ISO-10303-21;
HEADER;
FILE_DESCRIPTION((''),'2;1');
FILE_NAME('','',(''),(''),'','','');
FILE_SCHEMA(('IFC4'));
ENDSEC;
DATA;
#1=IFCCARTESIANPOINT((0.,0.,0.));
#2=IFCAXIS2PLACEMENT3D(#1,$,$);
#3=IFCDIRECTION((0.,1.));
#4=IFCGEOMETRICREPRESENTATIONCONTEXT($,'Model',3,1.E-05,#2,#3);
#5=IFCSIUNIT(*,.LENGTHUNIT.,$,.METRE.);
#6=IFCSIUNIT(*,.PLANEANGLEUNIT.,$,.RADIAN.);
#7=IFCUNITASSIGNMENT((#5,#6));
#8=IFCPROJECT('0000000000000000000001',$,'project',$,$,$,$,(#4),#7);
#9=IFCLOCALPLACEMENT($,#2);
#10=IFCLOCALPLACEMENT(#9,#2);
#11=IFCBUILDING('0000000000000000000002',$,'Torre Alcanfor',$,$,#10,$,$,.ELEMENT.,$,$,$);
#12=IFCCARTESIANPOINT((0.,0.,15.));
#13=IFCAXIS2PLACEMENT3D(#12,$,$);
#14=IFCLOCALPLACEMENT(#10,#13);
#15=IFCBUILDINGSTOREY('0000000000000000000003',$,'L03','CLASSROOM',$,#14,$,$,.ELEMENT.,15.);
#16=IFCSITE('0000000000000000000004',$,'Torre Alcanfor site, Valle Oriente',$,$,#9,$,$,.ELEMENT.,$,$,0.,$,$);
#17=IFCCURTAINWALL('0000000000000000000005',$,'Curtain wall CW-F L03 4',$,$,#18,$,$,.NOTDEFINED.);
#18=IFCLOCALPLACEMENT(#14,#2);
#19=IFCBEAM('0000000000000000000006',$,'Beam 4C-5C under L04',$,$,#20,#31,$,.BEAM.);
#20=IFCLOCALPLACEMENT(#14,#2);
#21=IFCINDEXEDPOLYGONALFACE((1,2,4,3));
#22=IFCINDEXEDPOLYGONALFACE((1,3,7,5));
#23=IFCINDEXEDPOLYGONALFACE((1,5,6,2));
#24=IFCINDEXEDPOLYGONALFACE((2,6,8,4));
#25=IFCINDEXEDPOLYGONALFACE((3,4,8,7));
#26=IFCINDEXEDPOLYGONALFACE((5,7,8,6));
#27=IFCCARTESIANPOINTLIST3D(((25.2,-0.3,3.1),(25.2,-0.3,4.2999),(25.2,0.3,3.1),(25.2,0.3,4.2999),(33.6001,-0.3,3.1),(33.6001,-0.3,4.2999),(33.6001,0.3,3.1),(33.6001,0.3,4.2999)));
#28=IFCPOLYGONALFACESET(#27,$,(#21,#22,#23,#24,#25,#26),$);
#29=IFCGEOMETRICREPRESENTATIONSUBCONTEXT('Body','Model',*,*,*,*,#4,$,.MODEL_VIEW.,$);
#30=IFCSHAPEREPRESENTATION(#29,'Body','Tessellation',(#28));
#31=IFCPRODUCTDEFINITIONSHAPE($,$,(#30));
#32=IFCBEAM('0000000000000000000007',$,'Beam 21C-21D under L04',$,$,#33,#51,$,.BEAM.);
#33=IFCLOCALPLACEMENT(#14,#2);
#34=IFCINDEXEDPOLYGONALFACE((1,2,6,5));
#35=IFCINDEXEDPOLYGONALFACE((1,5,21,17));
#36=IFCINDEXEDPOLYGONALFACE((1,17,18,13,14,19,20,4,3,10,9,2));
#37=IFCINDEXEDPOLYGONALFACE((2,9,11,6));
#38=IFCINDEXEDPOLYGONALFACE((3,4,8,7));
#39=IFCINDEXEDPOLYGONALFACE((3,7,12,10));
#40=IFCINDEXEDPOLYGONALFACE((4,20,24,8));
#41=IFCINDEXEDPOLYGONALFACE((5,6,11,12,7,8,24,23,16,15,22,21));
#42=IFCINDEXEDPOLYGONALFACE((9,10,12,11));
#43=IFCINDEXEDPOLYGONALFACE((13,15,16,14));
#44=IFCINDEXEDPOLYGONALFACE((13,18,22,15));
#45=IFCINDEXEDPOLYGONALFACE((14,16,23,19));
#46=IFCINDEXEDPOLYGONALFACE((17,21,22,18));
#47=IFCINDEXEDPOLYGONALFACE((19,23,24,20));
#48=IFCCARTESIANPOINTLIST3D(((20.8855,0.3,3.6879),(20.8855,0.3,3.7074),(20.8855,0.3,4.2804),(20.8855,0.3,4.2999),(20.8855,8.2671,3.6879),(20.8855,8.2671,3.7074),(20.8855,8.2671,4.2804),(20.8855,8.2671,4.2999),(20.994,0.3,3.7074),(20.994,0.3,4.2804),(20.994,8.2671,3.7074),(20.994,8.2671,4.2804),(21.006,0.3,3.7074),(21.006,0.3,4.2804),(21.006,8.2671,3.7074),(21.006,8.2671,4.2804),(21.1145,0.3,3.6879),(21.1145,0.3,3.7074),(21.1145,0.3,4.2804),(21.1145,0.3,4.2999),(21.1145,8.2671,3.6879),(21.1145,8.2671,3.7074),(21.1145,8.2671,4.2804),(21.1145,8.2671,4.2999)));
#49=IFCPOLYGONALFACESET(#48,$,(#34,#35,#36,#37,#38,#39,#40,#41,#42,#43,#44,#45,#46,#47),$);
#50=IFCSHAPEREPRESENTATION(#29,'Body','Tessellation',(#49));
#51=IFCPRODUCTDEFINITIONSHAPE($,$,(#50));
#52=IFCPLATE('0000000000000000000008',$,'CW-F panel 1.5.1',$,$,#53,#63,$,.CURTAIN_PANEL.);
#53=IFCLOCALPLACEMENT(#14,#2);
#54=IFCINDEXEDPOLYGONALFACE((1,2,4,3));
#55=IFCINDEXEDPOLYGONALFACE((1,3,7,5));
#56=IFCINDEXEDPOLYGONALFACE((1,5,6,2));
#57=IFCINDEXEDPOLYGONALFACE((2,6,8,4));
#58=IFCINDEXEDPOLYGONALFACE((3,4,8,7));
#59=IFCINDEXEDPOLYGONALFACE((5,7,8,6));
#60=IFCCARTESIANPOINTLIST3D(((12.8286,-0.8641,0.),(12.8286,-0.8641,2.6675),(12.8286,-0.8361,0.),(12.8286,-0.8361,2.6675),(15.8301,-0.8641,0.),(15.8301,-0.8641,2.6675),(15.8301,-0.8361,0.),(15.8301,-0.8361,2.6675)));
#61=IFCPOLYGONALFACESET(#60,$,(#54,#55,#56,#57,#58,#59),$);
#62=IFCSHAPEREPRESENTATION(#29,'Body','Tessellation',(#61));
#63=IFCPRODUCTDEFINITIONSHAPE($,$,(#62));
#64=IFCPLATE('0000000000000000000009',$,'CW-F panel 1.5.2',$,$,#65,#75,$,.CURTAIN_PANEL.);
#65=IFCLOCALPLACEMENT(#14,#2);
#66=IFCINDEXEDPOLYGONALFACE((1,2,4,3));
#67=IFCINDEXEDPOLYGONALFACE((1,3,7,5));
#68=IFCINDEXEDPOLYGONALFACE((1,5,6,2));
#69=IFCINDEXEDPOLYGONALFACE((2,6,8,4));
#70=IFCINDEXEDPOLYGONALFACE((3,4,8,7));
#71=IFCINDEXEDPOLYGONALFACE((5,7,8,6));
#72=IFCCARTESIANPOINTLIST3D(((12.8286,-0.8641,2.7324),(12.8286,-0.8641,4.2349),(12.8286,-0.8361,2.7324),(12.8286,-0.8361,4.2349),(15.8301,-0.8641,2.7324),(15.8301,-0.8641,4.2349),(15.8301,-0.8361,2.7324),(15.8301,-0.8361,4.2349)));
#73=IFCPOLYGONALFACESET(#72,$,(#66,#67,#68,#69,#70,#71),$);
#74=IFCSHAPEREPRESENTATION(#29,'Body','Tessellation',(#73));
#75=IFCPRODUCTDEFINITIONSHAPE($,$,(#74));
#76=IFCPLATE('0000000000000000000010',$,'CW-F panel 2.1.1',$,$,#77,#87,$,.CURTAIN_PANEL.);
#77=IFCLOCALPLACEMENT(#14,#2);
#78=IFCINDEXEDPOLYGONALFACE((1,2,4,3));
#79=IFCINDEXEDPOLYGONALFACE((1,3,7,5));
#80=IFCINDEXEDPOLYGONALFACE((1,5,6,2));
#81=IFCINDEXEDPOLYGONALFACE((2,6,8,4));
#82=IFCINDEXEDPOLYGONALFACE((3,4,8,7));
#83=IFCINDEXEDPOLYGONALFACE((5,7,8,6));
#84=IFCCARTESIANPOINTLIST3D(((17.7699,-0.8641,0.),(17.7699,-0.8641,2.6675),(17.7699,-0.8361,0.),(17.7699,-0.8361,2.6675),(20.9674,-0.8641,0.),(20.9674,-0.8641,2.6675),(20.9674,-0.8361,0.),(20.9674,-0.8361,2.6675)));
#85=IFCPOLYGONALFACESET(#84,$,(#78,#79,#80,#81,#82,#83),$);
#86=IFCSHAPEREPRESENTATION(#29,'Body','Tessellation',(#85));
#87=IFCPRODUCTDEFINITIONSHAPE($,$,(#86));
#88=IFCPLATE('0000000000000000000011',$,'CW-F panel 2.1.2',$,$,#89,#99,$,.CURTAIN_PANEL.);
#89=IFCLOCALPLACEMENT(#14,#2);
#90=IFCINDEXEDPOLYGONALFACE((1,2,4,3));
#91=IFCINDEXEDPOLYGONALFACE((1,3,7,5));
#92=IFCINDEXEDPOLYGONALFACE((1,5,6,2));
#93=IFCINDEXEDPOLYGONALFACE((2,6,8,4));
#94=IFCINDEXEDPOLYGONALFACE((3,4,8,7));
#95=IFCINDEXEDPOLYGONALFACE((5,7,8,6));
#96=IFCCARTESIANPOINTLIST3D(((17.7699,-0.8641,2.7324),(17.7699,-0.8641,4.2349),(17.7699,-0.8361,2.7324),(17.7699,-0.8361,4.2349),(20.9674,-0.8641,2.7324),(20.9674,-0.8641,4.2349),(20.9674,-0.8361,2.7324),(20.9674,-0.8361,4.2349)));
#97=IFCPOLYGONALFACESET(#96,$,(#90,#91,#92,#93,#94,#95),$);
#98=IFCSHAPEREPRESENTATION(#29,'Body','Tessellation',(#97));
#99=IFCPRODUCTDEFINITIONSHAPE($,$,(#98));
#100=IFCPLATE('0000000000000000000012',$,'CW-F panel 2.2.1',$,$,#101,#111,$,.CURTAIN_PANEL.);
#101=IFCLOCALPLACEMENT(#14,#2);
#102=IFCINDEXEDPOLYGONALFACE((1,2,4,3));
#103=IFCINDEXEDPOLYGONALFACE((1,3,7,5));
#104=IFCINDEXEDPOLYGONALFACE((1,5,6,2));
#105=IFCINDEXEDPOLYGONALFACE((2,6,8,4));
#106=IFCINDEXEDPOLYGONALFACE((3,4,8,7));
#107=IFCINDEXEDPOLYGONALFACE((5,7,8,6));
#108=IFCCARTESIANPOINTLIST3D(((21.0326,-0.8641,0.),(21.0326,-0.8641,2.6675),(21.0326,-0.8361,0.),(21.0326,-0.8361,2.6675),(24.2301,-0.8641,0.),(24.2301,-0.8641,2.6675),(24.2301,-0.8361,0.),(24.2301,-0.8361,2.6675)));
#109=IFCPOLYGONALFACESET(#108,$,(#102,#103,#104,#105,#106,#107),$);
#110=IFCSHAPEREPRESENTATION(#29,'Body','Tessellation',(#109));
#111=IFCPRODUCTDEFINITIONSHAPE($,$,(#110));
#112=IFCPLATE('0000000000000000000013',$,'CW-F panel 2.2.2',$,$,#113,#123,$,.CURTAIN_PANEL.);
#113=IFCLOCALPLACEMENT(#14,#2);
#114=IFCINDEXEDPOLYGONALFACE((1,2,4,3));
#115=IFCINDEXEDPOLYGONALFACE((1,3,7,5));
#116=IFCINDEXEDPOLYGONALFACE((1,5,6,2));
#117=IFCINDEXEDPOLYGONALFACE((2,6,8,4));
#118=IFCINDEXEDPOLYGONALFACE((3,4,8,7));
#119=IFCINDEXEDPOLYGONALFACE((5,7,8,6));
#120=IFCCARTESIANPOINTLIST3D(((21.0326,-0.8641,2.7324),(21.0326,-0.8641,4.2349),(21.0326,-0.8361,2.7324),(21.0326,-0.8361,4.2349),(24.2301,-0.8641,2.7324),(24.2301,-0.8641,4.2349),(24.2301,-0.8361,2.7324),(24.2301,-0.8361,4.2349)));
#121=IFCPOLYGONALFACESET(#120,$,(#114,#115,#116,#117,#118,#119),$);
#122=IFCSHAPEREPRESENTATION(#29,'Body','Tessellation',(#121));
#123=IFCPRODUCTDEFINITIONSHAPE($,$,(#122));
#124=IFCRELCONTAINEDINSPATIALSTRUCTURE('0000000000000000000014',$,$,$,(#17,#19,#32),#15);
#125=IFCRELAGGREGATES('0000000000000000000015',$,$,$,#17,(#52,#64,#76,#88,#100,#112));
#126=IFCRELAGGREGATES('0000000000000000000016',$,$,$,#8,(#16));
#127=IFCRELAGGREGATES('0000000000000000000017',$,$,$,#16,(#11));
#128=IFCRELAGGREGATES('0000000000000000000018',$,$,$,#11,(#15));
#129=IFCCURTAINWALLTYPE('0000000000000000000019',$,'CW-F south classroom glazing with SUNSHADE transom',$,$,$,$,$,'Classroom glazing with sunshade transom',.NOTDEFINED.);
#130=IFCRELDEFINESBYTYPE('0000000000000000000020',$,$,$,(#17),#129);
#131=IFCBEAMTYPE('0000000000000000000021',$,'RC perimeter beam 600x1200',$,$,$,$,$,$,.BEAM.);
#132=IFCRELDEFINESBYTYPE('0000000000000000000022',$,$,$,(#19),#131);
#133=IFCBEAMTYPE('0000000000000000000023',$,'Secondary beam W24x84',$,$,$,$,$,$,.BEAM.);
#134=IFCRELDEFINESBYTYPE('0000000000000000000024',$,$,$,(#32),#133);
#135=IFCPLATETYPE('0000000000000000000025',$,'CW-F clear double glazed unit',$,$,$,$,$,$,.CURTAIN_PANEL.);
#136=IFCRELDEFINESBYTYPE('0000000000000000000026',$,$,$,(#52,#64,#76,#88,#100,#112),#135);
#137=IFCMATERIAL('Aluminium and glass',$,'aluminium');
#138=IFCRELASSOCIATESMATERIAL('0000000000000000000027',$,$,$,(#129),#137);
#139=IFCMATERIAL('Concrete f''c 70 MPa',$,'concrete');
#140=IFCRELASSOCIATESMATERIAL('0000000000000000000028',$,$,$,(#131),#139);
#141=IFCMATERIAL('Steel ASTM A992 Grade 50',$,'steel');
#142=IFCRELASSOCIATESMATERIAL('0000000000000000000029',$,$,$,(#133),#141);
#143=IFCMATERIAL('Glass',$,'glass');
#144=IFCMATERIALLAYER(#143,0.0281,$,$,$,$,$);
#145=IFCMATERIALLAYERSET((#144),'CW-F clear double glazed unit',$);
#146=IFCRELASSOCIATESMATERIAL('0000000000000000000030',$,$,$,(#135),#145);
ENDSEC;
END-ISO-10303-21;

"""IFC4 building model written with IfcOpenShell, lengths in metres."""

from ifc_helpers import new_model, si_unit, direction, frame, origin, origin_2d, place, context, subcontext, project, spatial, rectangle, i_section, extrude, material, layer, layer_set, material_profile, profile_set, type_object, element, aggregate, save


model = new_model("IFC4")

# Units and contexts
model_context = context("Model", 3, precision=1e-05, world=origin(), true_north=direction((0.0, 1.0)))
body_context = subcontext(model_context, "Body", "Model", "MODEL_VIEW")
ifc_project = project(units=[si_unit("LENGTHUNIT", "METRE"), si_unit("PLANEANGLEUNIT", "RADIAN")], contexts=[model_context])

# Site, building, storey
site_placement = place(None, origin())
site = spatial("IfcSite", under=ifc_project, at=site_placement, Name="Torre Alcanfor site, Valle Oriente", CompositionType="ELEMENT", RefElevation=0.0)
building_placement = place(site_placement, origin())
building = spatial("IfcBuilding", under=site, at=building_placement, Name="Torre Alcanfor", CompositionType="ELEMENT")
storey_placement = place(building_placement, frame((0.0, 0.0, 15.0)))
storey = spatial("IfcBuildingStorey", under=building, at=storey_placement, Name="L03", Description="CLASSROOM", CompositionType="ELEMENT", Elevation=15.0)

# Curtain wall
ifc_material_1 = material(Name="Aluminium and glass", Category="aluminium")
curtain_wall_type = type_object("IfcCurtainWallType", Name="CW-F south classroom glazing with SUNSHADE transom", ElementType="Classroom glazing with sunshade transom", PredefinedType="NOTDEFINED", material=ifc_material_1)
curtain_wall_placement = place(storey_placement, origin())
curtain_wall = element("IfcCurtainWall", 1, at=curtain_wall_placement, inside=storey, type_object=curtain_wall_type, Name="Curtain wall CW-F L03 4", PredefinedType="NOTDEFINED")

# Beams
ifc_material_2 = material(Name="Concrete f'c 70 MPa", Category="concrete")
ifc_material_profile_1 = material_profile(ifc_material_2, rectangle(XDim=0.6001, YDim=1.2, at=origin_2d()), Name="600x1200")
ifc_profile_set_1 = profile_set([ifc_material_profile_1], Name="Concrete f'c 70 MPa")
beam_type_1 = type_object("IfcBeamType", Name="RC perimeter beam 600x1200", PredefinedType="BEAM", material=ifc_profile_set_1)
beam_1_placement = place(storey_placement, frame((25.2, 0.0, 3.7), z_axis=(1.0, 0.0, 0.0), x_axis=(0.0, 1.0, 0.0)))
element("IfcBeam", 2, at=beam_1_placement, inside=storey, type_object=beam_type_1, Name="Beam 4C-5C under L04", PredefinedType="BEAM", context=body_context, shape_type="SweptSolid", body=[
    extrude(rectangle(XDim=0.6001, YDim=1.2, at=origin_2d()), origin(), (0.0, 0.0, 1.0), 8.4001),
])
ifc_material_3 = material(Name="Steel ASTM A992 Grade 50", Category="steel")
ifc_material_profile_2 = material_profile(ifc_material_3, i_section(OverallWidth=0.229, OverallDepth=0.6121, WebThickness=0.012, FlangeThickness=0.0195, at=origin_2d()), Name="W24x84")
ifc_profile_set_2 = profile_set([ifc_material_profile_2], Name="Steel ASTM A992 Grade 50")
beam_type_2 = type_object("IfcBeamType", Name="Secondary beam W24x84", PredefinedType="BEAM", material=ifc_profile_set_2)
beam_2_placement = place(storey_placement, frame((21.0, 0.3, 3.9939), z_axis=(0.0, 1.0, 0.0), x_axis=(-1.0, 0.0, 0.0)))
element("IfcBeam", 3, at=beam_2_placement, inside=storey, type_object=beam_type_2, Name="Beam 21C-21D under L04", PredefinedType="BEAM", context=body_context, shape_type="SweptSolid", body=[
    extrude(i_section(OverallWidth=0.229, OverallDepth=0.6121, WebThickness=0.012, FlangeThickness=0.0195, at=origin_2d()), origin(), (0.0, 0.0, 1.0), 7.967),
])

# Plates
ifc_material_4 = material(Name="Glass", Category="glass")
ifc_layer_1 = layer(ifc_material_4, 0.0281)
ifc_layer_set_1 = layer_set([ifc_layer_1], Name="CW-F clear double glazed unit")
plate_type = type_object("IfcPlateType", Name="CW-F clear double glazed unit", PredefinedType="CURTAIN_PANEL", material=ifc_layer_set_1)
plate_1_placement = place(storey_placement, frame((14.3293, -0.8501, 0.0), z_axis=(0.0, 0.0, 1.0), x_axis=(1.0, 0.0, 0.0)))
plate_1 = element("IfcPlate", 4, at=plate_1_placement, type_object=plate_type, Name="CW-F panel 1.5.1", PredefinedType="CURTAIN_PANEL", context=body_context, shape_type="SweptSolid", body=[
    extrude(rectangle(XDim=3.0015, YDim=0.0281, at=origin_2d()), origin(), (0.0, 0.0, 1.0), 2.6675),
])
plate_2_placement = place(storey_placement, frame((14.3293, -0.8501, 2.7324), z_axis=(0.0, 0.0, 1.0), x_axis=(1.0, 0.0, 0.0)))
plate_2 = element("IfcPlate", 5, at=plate_2_placement, type_object=plate_type, Name="CW-F panel 1.5.2", PredefinedType="CURTAIN_PANEL", context=body_context, shape_type="SweptSolid", body=[
    extrude(rectangle(XDim=3.0015, YDim=0.0281, at=origin_2d()), origin(), (0.0, 0.0, 1.0), 1.5024),
])
plate_3_placement = place(storey_placement, frame((19.3687, -0.8501, 0.0), z_axis=(0.0, 0.0, 1.0), x_axis=(1.0, 0.0, 0.0)))
plate_3 = element("IfcPlate", 6, at=plate_3_placement, type_object=plate_type, Name="CW-F panel 2.1.1", PredefinedType="CURTAIN_PANEL", context=body_context, shape_type="SweptSolid", body=[
    extrude(rectangle(XDim=3.1975, YDim=0.0281, at=origin_2d()), origin(), (0.0, 0.0, 1.0), 2.6675),
])
plate_4_placement = place(storey_placement, frame((19.3687, -0.8501, 2.7324), z_axis=(0.0, 0.0, 1.0), x_axis=(1.0, 0.0, 0.0)))
plate_4 = element("IfcPlate", 7, at=plate_4_placement, type_object=plate_type, Name="CW-F panel 2.1.2", PredefinedType="CURTAIN_PANEL", context=body_context, shape_type="SweptSolid", body=[
    extrude(rectangle(XDim=3.1975, YDim=0.0281, at=origin_2d()), origin(), (0.0, 0.0, 1.0), 1.5024),
])
plate_5_placement = place(storey_placement, frame((22.6313, -0.8501, 0.0), z_axis=(0.0, 0.0, 1.0), x_axis=(1.0, 0.0, 0.0)))
plate_5 = element("IfcPlate", 8, at=plate_5_placement, type_object=plate_type, Name="CW-F panel 2.2.1", PredefinedType="CURTAIN_PANEL", context=body_context, shape_type="SweptSolid", body=[
    extrude(rectangle(XDim=3.1975, YDim=0.0281, at=origin_2d()), origin(), (0.0, 0.0, 1.0), 2.6675),
])
plate_6_placement = place(storey_placement, frame((22.6313, -0.8501, 2.7324), z_axis=(0.0, 0.0, 1.0), x_axis=(1.0, 0.0, 0.0)))
plate_6 = element("IfcPlate", 9, at=plate_6_placement, type_object=plate_type, Name="CW-F panel 2.2.2", PredefinedType="CURTAIN_PANEL", context=body_context, shape_type="SweptSolid", body=[
    extrude(rectangle(XDim=3.1975, YDim=0.0281, at=origin_2d()), origin(), (0.0, 0.0, 1.0), 1.5024),
])
aggregate(curtain_wall, [plate_1, plate_2, plate_3, plate_4, plate_5, plate_6])

save(model, "model.ifc")
